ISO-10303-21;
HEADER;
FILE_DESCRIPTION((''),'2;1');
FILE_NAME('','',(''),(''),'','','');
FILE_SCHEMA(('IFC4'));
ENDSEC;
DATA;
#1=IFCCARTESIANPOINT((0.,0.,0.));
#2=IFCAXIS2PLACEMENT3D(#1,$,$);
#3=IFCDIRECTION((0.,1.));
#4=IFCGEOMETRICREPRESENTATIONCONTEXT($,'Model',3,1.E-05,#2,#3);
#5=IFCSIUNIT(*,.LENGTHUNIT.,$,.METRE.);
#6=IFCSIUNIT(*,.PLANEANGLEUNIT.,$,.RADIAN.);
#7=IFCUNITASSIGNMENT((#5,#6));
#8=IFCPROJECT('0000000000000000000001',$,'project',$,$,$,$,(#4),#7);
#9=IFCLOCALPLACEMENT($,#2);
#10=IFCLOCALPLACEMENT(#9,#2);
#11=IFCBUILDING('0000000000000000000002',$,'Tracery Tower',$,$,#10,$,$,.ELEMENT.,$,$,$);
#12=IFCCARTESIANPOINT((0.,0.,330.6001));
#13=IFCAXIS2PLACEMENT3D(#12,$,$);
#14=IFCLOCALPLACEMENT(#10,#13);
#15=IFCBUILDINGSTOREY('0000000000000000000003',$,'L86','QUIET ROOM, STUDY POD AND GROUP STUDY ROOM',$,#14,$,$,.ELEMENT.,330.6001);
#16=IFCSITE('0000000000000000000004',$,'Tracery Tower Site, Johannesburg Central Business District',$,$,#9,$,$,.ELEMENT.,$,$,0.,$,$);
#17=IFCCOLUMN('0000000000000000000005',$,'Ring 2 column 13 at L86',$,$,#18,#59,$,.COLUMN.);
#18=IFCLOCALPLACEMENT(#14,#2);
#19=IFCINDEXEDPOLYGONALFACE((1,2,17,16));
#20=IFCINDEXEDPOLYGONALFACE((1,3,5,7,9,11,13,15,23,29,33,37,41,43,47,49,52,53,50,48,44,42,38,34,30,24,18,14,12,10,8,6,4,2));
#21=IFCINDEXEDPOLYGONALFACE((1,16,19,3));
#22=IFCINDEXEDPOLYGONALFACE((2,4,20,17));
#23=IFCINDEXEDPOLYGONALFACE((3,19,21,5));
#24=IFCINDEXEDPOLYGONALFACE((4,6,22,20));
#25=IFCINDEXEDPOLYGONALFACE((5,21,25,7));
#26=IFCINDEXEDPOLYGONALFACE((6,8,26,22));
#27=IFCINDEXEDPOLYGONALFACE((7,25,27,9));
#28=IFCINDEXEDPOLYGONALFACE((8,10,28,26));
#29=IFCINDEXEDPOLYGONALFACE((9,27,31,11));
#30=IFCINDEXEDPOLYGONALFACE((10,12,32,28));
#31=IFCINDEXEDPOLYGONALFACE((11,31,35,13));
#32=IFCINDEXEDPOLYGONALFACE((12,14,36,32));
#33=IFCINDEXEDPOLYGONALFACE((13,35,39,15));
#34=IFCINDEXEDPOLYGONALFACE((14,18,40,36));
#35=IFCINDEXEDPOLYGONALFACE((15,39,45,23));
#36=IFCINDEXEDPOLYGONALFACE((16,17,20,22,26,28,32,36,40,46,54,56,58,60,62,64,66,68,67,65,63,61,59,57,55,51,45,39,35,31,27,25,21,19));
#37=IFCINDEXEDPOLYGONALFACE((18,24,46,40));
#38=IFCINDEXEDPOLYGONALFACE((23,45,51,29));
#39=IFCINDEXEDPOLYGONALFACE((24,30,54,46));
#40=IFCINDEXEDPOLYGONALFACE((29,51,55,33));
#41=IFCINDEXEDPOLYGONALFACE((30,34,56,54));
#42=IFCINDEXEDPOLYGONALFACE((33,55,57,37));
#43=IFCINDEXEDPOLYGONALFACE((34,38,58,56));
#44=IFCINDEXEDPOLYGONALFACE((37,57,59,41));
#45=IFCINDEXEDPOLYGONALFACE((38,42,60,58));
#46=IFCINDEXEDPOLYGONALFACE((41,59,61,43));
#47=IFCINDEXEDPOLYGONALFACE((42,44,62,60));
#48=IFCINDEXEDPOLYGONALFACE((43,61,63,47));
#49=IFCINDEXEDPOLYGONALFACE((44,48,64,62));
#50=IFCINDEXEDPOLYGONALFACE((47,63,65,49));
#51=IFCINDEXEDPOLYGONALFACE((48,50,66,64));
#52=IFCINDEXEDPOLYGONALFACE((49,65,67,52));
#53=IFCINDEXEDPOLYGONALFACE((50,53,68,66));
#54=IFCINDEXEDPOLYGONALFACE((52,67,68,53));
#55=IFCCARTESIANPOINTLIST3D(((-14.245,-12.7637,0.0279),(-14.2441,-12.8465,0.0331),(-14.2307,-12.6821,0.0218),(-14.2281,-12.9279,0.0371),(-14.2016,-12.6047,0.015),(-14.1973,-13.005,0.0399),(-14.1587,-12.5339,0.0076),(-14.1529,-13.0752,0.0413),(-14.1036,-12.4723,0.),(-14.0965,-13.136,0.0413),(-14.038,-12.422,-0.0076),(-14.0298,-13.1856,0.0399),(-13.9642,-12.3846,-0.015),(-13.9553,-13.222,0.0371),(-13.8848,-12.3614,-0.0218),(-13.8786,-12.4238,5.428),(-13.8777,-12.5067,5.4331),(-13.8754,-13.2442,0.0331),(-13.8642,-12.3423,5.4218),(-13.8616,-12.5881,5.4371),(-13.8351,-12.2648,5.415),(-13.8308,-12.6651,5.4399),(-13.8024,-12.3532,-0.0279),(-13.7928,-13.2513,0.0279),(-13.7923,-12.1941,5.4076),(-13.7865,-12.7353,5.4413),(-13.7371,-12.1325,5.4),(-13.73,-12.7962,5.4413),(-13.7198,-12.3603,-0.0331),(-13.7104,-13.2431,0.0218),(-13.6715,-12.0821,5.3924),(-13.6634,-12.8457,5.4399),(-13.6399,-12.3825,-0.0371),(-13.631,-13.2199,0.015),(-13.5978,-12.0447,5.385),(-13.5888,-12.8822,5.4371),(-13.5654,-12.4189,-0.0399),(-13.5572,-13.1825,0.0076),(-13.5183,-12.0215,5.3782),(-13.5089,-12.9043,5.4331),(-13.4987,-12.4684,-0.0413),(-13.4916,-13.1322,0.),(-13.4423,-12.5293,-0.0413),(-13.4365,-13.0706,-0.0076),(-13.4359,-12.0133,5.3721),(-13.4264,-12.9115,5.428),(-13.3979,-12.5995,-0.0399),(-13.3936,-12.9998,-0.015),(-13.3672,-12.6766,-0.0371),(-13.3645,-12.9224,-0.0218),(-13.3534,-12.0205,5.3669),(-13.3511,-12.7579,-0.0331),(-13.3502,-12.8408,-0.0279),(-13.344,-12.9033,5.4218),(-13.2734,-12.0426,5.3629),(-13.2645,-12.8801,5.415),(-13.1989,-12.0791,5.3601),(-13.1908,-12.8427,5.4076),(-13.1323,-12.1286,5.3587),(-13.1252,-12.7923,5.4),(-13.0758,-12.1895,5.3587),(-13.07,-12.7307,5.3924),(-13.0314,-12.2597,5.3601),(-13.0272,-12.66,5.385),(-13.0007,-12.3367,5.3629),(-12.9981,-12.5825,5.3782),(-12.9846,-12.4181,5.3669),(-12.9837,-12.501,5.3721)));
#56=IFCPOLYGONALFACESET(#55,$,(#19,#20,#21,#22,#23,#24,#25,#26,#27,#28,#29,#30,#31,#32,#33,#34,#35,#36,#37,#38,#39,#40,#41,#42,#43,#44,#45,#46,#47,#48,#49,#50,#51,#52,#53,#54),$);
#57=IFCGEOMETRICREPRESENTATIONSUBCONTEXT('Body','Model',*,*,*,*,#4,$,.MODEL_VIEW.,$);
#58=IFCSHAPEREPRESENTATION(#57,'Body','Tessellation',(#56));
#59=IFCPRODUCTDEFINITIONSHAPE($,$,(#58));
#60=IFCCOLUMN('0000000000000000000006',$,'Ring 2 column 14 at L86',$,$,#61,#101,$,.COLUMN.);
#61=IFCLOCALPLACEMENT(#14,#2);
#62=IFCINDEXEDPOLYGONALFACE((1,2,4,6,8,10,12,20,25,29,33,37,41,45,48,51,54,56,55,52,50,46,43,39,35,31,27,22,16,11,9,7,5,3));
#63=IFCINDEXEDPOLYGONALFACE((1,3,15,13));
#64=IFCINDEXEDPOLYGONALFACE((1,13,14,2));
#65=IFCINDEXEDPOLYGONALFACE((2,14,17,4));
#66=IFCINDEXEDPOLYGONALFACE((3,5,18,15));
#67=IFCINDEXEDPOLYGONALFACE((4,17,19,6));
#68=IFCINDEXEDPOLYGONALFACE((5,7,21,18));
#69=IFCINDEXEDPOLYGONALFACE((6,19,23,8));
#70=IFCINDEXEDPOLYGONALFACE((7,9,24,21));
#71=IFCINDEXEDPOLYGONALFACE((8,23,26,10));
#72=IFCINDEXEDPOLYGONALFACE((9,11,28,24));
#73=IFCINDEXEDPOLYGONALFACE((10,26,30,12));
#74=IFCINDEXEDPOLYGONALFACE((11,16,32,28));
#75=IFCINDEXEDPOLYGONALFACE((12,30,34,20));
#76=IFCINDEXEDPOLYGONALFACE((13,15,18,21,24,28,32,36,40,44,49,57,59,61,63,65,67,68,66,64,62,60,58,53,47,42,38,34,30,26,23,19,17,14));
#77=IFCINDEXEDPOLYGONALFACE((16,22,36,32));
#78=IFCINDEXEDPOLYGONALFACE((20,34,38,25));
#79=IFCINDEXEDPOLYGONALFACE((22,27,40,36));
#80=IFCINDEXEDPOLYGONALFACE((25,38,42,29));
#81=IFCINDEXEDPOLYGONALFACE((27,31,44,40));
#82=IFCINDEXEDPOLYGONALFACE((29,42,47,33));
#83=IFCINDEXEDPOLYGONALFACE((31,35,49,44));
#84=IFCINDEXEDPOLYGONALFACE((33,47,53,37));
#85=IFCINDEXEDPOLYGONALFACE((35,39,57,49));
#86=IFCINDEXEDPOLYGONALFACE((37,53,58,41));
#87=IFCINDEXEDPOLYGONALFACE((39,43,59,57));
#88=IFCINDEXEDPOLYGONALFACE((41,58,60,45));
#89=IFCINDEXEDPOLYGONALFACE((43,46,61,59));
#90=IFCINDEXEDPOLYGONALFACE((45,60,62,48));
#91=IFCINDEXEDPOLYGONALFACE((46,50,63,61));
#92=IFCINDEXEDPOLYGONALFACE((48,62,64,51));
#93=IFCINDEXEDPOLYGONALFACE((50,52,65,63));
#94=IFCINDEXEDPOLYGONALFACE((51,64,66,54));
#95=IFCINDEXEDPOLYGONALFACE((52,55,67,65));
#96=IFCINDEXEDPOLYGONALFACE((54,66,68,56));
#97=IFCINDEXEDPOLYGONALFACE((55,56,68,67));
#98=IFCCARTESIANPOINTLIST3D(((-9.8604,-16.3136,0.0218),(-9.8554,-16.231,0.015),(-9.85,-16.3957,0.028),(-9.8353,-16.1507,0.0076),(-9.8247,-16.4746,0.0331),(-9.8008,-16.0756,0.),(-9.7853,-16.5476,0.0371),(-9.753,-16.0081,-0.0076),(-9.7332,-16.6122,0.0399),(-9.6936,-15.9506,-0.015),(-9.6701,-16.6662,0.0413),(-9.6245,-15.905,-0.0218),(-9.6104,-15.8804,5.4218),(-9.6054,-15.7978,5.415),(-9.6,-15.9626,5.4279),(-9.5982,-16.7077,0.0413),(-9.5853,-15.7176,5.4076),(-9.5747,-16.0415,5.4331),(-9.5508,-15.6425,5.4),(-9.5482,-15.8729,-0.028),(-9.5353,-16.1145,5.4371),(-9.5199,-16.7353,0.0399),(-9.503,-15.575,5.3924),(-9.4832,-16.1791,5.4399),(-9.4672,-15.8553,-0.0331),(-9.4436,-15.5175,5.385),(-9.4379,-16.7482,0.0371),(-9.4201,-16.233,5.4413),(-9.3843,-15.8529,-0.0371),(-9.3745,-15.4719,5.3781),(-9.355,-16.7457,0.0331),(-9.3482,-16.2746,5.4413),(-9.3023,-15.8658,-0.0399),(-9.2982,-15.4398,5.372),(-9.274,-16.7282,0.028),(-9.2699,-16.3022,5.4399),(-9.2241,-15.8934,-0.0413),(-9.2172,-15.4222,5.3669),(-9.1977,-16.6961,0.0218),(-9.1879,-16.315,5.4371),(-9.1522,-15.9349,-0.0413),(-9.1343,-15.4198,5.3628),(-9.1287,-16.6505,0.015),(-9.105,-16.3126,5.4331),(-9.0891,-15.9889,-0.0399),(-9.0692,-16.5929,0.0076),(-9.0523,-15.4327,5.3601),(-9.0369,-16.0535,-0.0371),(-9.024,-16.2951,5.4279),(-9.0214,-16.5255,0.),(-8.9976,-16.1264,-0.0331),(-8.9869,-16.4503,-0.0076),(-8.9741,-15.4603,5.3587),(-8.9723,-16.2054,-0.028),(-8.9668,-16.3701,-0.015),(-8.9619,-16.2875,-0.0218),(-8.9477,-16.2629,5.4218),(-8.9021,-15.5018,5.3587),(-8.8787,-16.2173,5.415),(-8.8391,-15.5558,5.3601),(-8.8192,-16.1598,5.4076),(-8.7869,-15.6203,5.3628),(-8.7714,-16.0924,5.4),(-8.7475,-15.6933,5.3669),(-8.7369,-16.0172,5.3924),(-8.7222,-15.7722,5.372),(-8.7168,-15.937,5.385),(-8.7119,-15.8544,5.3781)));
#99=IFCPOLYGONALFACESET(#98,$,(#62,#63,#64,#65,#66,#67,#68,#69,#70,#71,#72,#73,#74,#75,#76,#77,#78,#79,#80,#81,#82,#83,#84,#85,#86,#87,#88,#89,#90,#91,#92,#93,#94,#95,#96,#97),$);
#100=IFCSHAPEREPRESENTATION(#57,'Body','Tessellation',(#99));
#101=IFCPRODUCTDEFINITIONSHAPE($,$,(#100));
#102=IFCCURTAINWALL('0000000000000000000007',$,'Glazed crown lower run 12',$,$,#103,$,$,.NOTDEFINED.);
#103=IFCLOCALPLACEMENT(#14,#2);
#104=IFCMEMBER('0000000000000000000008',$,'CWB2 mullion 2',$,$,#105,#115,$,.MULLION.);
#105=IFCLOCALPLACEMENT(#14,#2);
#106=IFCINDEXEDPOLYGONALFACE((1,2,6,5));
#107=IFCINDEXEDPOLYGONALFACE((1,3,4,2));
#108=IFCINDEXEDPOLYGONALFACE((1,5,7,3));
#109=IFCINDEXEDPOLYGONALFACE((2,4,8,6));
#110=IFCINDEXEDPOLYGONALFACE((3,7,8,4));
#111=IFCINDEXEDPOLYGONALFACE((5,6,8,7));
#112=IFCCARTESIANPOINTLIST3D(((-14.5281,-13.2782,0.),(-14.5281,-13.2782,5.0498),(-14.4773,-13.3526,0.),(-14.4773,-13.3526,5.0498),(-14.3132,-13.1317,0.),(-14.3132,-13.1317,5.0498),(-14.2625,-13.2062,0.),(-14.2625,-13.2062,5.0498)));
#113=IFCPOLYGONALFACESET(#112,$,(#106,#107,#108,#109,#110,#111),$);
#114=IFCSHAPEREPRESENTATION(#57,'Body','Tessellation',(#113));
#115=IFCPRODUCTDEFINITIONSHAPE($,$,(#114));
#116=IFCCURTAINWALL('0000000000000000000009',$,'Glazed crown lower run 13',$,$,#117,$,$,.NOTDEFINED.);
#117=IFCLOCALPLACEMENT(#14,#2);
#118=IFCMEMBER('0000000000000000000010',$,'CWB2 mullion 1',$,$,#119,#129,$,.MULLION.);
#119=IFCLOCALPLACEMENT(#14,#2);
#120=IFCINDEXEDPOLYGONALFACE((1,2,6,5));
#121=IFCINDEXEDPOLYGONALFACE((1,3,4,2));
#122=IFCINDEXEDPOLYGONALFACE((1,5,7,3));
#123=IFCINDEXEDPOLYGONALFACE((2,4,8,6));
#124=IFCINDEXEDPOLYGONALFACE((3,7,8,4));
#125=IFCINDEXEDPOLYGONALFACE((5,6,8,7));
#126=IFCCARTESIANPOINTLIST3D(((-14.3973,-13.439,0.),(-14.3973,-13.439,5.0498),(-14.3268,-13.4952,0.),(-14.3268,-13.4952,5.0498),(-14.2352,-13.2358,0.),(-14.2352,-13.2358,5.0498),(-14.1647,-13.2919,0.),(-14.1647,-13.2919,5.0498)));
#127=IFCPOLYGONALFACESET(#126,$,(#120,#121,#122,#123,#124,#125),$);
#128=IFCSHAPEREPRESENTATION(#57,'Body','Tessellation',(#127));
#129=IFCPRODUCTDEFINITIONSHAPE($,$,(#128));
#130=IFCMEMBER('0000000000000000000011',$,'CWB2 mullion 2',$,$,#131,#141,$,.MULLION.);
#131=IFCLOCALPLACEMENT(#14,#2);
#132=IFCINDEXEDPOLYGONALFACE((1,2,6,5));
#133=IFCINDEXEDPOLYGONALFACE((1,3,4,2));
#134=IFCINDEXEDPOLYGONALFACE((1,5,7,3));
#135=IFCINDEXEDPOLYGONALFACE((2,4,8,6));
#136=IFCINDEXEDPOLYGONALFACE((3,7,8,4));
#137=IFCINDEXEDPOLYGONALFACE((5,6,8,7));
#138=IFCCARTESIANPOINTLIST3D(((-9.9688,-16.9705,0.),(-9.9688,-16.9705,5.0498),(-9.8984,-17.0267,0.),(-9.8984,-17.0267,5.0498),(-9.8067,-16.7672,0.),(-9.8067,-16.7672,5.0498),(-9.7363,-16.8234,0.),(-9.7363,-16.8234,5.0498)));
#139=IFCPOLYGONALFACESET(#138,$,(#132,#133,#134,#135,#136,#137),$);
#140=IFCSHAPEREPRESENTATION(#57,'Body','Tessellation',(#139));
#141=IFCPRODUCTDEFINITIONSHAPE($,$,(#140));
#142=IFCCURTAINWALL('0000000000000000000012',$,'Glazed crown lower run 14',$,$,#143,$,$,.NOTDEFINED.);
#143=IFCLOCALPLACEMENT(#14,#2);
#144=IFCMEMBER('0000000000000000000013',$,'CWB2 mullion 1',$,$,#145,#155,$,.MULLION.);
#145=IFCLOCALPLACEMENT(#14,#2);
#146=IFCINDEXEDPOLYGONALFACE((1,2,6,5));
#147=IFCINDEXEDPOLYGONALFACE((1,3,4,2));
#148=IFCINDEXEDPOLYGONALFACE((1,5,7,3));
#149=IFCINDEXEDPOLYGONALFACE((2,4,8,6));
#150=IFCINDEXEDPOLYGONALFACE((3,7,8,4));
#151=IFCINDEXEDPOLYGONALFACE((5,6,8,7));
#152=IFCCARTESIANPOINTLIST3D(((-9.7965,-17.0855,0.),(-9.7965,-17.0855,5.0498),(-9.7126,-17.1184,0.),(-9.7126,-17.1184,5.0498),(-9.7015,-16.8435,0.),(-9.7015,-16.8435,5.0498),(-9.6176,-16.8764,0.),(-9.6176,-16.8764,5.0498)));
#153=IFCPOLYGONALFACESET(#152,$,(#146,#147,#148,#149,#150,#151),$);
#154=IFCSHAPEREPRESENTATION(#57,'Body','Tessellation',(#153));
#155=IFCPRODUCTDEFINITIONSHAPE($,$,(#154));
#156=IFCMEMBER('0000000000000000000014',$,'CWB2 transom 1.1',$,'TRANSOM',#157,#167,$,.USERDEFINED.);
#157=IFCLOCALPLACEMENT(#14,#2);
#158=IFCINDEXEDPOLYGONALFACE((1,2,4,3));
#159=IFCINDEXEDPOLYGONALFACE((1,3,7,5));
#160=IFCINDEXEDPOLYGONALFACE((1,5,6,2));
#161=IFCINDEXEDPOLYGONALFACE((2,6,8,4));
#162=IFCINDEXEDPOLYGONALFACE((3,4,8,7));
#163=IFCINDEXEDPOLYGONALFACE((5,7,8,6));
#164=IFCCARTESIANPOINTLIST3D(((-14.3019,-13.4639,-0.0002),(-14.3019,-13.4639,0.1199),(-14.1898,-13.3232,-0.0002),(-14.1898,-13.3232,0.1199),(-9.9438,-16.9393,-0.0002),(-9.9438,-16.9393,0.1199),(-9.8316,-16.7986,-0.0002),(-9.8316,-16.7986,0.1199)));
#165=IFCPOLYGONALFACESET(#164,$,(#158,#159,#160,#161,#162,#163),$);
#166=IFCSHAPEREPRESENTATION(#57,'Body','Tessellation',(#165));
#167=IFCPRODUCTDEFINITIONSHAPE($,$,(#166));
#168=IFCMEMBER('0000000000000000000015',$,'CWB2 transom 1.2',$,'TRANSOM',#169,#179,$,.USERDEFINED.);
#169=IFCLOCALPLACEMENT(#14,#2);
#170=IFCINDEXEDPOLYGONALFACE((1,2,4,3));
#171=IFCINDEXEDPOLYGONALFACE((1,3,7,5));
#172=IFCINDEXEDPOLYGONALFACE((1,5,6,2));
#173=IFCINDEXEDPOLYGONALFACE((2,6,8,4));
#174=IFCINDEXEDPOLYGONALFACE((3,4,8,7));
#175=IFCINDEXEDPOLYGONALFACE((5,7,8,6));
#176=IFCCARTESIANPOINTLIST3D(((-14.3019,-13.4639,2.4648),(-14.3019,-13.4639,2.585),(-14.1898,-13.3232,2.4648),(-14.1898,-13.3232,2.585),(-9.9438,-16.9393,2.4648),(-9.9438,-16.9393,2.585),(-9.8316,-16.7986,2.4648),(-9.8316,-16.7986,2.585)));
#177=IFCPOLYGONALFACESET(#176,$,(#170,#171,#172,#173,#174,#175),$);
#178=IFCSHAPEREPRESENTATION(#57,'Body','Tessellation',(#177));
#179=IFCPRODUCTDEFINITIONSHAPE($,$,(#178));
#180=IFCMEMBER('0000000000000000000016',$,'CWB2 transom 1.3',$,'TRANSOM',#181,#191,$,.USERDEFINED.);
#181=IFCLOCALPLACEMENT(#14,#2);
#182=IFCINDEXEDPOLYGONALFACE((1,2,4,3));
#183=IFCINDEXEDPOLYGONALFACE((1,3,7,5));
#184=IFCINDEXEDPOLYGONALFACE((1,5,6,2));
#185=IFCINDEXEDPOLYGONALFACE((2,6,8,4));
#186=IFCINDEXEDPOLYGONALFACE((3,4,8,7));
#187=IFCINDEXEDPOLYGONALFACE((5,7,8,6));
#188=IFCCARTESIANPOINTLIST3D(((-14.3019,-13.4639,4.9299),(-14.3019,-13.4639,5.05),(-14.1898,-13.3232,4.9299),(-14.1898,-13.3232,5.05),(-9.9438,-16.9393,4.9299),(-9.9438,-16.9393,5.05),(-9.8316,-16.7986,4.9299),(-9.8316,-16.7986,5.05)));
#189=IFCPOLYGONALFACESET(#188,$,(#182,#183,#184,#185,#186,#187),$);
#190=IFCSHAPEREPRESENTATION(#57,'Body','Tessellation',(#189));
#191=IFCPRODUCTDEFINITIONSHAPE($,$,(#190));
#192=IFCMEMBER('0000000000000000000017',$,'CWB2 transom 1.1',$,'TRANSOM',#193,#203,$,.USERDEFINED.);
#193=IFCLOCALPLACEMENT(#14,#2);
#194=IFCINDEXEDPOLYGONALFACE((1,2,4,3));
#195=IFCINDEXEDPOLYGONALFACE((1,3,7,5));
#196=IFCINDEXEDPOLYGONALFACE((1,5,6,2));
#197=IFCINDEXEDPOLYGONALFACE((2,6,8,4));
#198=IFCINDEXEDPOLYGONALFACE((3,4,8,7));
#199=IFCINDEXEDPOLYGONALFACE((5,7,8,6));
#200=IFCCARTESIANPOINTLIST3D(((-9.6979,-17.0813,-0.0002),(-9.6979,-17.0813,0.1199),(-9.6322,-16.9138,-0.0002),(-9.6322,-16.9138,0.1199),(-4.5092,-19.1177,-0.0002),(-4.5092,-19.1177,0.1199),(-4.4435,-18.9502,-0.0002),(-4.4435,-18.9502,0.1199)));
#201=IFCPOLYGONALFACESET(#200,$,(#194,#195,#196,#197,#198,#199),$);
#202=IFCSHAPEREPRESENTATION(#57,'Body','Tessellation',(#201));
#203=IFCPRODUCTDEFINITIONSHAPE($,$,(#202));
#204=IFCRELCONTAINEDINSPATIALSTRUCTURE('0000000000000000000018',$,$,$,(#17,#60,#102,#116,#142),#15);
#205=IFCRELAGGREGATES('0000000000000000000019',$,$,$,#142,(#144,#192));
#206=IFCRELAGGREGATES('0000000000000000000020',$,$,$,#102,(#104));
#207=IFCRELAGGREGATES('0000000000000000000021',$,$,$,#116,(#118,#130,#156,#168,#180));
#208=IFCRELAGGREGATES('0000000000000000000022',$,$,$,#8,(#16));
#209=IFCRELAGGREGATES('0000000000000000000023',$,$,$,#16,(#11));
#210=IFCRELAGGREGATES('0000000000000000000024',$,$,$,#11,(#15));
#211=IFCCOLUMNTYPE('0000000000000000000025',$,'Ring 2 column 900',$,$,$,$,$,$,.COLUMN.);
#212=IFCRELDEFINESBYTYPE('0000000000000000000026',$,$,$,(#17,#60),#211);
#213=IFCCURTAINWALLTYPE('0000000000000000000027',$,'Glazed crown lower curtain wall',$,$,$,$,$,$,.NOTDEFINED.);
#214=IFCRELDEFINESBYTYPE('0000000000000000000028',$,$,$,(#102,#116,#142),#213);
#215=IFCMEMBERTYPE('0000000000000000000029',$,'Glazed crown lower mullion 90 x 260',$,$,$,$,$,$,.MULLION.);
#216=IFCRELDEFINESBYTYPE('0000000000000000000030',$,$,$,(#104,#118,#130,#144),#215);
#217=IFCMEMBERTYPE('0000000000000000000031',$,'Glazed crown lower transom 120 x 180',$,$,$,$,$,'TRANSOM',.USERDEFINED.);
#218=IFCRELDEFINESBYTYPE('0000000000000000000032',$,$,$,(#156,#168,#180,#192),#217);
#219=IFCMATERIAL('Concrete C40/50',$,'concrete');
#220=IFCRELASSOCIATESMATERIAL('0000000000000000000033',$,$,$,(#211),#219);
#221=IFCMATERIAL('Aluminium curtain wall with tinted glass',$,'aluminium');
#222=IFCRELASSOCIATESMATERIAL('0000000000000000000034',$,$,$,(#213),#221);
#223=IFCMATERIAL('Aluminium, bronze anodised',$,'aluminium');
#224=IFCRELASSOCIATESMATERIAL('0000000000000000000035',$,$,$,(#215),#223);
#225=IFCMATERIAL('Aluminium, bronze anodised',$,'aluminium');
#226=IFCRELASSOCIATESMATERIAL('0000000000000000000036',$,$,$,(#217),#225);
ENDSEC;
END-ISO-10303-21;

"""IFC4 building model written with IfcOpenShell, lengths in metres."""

from ifc_helpers import new_model, si_unit, direction, frame, origin, origin_2d, place, context, subcontext, project, spatial, rectangle, circle, extrude, material, material_profile, profile_set, type_object, element, aggregate, save


model = new_model("IFC4")

# Units and contexts
model_context = context("Model", 3, precision=1e-05, world=origin(), true_north=direction((0.0, 1.0)))
body_context = subcontext(model_context, "Body", "Model", "MODEL_VIEW")
ifc_project = project(units=[si_unit("LENGTHUNIT", "METRE"), si_unit("PLANEANGLEUNIT", "RADIAN")], contexts=[model_context])

# Site, building, storey
site_placement = place(None, origin())
site = spatial("IfcSite", under=ifc_project, at=site_placement, Name="Tracery Tower Site, Johannesburg Central Business District", CompositionType="ELEMENT", RefElevation=0.0)
building_placement = place(site_placement, origin())
building = spatial("IfcBuilding", under=site, at=building_placement, Name="Tracery Tower", CompositionType="ELEMENT")
storey_placement = place(building_placement, frame((0.0, 0.0, 330.6001)))
storey = spatial("IfcBuildingStorey", under=building, at=storey_placement, Name="L86", Description="QUIET ROOM, STUDY POD AND GROUP STUDY ROOM", CompositionType="ELEMENT", Elevation=330.6001)

# Columns
ifc_material_1 = material(Name="Concrete C40/50", Category="concrete")
ifc_material_profile_1 = material_profile(ifc_material_1, circle(Radius=0.45, at=origin_2d()), Name="RC D900")
ifc_profile_set_1 = profile_set([ifc_material_profile_1], Name="Concrete C40/50")
column_type = type_object("IfcColumnType", Name="Ring 2 column 900", PredefinedType="COLUMN", material=ifc_profile_set_1)
for number, where, z_axis, x_axis, name in (
    (1, (-13.7976, -12.8022, 0.0), (0.067574, 0.062667, 0.995744), (-0.679983, 0.733228, 0.0), "Ring 2 column 13 at L86"),
    (2, (-9.4111, -16.3005, 0.0), (0.0461, 0.079864, 0.995739), (-0.866072, 0.49992, 0.0), "Ring 2 column 14 at L86"),
):
    element("IfcColumn", number, at=place(storey_placement, frame(where, z_axis=z_axis, x_axis=x_axis)), inside=storey, type_object=column_type, Name=name, PredefinedType="COLUMN", context=body_context, shape_type="SweptSolid", body=[
        extrude(circle(Radius=0.45, at=origin_2d()), origin(), (0.0, 0.0, 1.0), 5.4231),
    ])

# Curtain wall, member
ifc_material_2 = material(Name="Aluminium curtain wall with tinted glass", Category="aluminium")
curtain_wall_type = type_object("IfcCurtainWallType", Name="Glazed crown lower curtain wall", PredefinedType="NOTDEFINED", material=ifc_material_2)
curtain_wall_1_placement = place(storey_placement, origin())
curtain_wall_1 = element("IfcCurtainWall", 3, at=curtain_wall_1_placement, inside=storey, type_object=curtain_wall_type, Name="Glazed crown lower run 12", PredefinedType="NOTDEFINED")
ifc_material_3 = material(Name="Aluminium, bronze anodised", Category="aluminium")
ifc_material_profile_2 = material_profile(ifc_material_3, rectangle(XDim=0.26, YDim=0.0901, at=origin_2d()), Name="Glazed crown lower mullion 90 x 260")
ifc_profile_set_2 = profile_set([ifc_material_profile_2], Name="Aluminium, bronze anodised")
member_type_1 = type_object("IfcMemberType", Name="Glazed crown lower mullion 90 x 260", PredefinedType="MULLION", material=ifc_profile_set_2)
member_1_placement = place(storey_placement, frame((-14.3953, -13.2422, 0.0), z_axis=(0.0, 0.0, 1.0), x_axis=(0.826241, 0.563317, 0.0)))
member_1 = element("IfcMember", 4, at=member_1_placement, type_object=member_type_1, Name="CWB2 mullion 2", PredefinedType="MULLION", context=body_context, shape_type="SweptSolid", body=[
    extrude(rectangle(XDim=0.26, YDim=0.0901, at=origin_2d()), origin(), (0.0, 0.0, 1.0), 5.0498),
])

# Curtain wall, members
curtain_wall_2_placement = place(storey_placement, origin())
curtain_wall_2 = element("IfcCurtainWall", 5, at=curtain_wall_2_placement, inside=storey, type_object=curtain_wall_type, Name="Glazed crown lower run 13", PredefinedType="NOTDEFINED")
member_2_placement = place(storey_placement, frame((-14.281, -13.3655, 0.0), z_axis=(0.0, 0.0, 1.0), x_axis=(0.623493, 0.781829, 0.0)))
member_2 = element("IfcMember", 6, at=member_2_placement, type_object=member_type_1, Name="CWB2 mullion 1", PredefinedType="MULLION", context=body_context, shape_type="SweptSolid", body=[
    extrude(rectangle(XDim=0.26, YDim=0.0901, at=origin_2d()), origin(), (0.0, 0.0, 1.0), 5.0498),
])
member_3_placement = place(storey_placement, frame((-9.8525, -16.897, 0.0), z_axis=(0.0, 0.0, 1.0), x_axis=(0.623493, 0.781829, 0.0)))
member_3 = element("IfcMember", 7, at=member_3_placement, type_object=member_type_1, Name="CWB2 mullion 2", PredefinedType="MULLION", context=body_context, shape_type="SweptSolid", body=[
    extrude(rectangle(XDim=0.26, YDim=0.0901, at=origin_2d()), origin(), (0.0, 0.0, 1.0), 5.0498),
])

# Curtain wall, member
curtain_wall_3_placement = place(storey_placement, origin())
curtain_wall_3 = element("IfcCurtainWall", 8, at=curtain_wall_3_placement, inside=storey, type_object=curtain_wall_type, Name="Glazed crown lower run 14", PredefinedType="NOTDEFINED")
member_4_placement = place(storey_placement, frame((-9.707, -16.981, 0.0), z_axis=(0.0, 0.0, 1.0), x_axis=(0.365351, 0.93087, 0.0)))
member_4 = element("IfcMember", 9, at=member_4_placement, type_object=member_type_1, Name="CWB2 mullion 1", PredefinedType="MULLION", context=body_context, shape_type="SweptSolid", body=[
    extrude(rectangle(XDim=0.26, YDim=0.0901, at=origin_2d()), origin(), (0.0, 0.0, 1.0), 5.0498),
])

# Members
ifc_material_4 = material(Name="Aluminium, bronze anodised", Category="aluminium")
ifc_material_profile_3 = material_profile(ifc_material_4, rectangle(XDim=0.1799, YDim=0.1201, at=origin_2d()), Name="Glazed crown lower transom 120 x 180")
ifc_profile_set_3 = profile_set([ifc_material_profile_3], Name="Aluminium, bronze anodised")
member_type_2 = type_object("IfcMemberType", Name="Glazed crown lower transom 120 x 180", ElementType="TRANSOM", PredefinedType="USERDEFINED", material=ifc_profile_set_3)
member_5_placement = place(storey_placement, frame((-14.2458, -13.3936, 0.0598), z_axis=(0.781846, -0.623471, 0.0), x_axis=(0.623471, 0.781846, 0.0)))
member_5 = element("IfcMember", 10, at=member_5_placement, type_object=member_type_2, Name="CWB2 transom 1.1", ObjectType="TRANSOM", PredefinedType="USERDEFINED", context=body_context, shape_type="SweptSolid", body=[
    extrude(rectangle(XDim=0.1799, YDim=0.1201, at=origin_2d()), origin(), (0.0, 0.0, 1.0), 5.5742),
])
member_6_placement = place(storey_placement, frame((-14.2458, -13.3936, 2.5249), z_axis=(0.781846, -0.623471, 0.0), x_axis=(0.623471, 0.781846, 0.0)))
member_6 = element("IfcMember", 11, at=member_6_placement, type_object=member_type_2, Name="CWB2 transom 1.2", ObjectType="TRANSOM", PredefinedType="USERDEFINED", context=body_context, shape_type="SweptSolid", body=[
    extrude(rectangle(XDim=0.1799, YDim=0.1201, at=origin_2d()), origin(), (0.0, 0.0, 1.0), 5.5742),
])
member_7_placement = place(storey_placement, frame((-14.2458, -13.3936, 4.99), z_axis=(0.781846, -0.623471, 0.0), x_axis=(0.623471, 0.781846, 0.0)))
member_7 = element("IfcMember", 12, at=member_7_placement, type_object=member_type_2, Name="CWB2 transom 1.3", ObjectType="TRANSOM", PredefinedType="USERDEFINED", context=body_context, shape_type="SweptSolid", body=[
    extrude(rectangle(XDim=0.1799, YDim=0.1201, at=origin_2d()), origin(), (0.0, 0.0, 1.0), 5.5742),
])
member_8_placement = place(storey_placement, frame((-9.665, -16.9976, 0.0598), z_axis=(0.930877, -0.365334, 0.0), x_axis=(0.365334, 0.930877, 0.0)))
member_8 = element("IfcMember", 13, at=member_8_placement, type_object=member_type_2, Name="CWB2 transom 1.1", ObjectType="TRANSOM", PredefinedType="USERDEFINED", context=body_context, shape_type="SweptSolid", body=[
    extrude(rectangle(XDim=0.1799, YDim=0.1201, at=origin_2d()), origin(), (0.0, 0.0, 1.0), 5.574),
])
aggregate(curtain_wall_3, [member_4, member_8])

aggregate(curtain_wall_1, [member_1])
aggregate(curtain_wall_2, [member_2, member_3, member_5, member_6, member_7])

save(model, "model.ifc")
